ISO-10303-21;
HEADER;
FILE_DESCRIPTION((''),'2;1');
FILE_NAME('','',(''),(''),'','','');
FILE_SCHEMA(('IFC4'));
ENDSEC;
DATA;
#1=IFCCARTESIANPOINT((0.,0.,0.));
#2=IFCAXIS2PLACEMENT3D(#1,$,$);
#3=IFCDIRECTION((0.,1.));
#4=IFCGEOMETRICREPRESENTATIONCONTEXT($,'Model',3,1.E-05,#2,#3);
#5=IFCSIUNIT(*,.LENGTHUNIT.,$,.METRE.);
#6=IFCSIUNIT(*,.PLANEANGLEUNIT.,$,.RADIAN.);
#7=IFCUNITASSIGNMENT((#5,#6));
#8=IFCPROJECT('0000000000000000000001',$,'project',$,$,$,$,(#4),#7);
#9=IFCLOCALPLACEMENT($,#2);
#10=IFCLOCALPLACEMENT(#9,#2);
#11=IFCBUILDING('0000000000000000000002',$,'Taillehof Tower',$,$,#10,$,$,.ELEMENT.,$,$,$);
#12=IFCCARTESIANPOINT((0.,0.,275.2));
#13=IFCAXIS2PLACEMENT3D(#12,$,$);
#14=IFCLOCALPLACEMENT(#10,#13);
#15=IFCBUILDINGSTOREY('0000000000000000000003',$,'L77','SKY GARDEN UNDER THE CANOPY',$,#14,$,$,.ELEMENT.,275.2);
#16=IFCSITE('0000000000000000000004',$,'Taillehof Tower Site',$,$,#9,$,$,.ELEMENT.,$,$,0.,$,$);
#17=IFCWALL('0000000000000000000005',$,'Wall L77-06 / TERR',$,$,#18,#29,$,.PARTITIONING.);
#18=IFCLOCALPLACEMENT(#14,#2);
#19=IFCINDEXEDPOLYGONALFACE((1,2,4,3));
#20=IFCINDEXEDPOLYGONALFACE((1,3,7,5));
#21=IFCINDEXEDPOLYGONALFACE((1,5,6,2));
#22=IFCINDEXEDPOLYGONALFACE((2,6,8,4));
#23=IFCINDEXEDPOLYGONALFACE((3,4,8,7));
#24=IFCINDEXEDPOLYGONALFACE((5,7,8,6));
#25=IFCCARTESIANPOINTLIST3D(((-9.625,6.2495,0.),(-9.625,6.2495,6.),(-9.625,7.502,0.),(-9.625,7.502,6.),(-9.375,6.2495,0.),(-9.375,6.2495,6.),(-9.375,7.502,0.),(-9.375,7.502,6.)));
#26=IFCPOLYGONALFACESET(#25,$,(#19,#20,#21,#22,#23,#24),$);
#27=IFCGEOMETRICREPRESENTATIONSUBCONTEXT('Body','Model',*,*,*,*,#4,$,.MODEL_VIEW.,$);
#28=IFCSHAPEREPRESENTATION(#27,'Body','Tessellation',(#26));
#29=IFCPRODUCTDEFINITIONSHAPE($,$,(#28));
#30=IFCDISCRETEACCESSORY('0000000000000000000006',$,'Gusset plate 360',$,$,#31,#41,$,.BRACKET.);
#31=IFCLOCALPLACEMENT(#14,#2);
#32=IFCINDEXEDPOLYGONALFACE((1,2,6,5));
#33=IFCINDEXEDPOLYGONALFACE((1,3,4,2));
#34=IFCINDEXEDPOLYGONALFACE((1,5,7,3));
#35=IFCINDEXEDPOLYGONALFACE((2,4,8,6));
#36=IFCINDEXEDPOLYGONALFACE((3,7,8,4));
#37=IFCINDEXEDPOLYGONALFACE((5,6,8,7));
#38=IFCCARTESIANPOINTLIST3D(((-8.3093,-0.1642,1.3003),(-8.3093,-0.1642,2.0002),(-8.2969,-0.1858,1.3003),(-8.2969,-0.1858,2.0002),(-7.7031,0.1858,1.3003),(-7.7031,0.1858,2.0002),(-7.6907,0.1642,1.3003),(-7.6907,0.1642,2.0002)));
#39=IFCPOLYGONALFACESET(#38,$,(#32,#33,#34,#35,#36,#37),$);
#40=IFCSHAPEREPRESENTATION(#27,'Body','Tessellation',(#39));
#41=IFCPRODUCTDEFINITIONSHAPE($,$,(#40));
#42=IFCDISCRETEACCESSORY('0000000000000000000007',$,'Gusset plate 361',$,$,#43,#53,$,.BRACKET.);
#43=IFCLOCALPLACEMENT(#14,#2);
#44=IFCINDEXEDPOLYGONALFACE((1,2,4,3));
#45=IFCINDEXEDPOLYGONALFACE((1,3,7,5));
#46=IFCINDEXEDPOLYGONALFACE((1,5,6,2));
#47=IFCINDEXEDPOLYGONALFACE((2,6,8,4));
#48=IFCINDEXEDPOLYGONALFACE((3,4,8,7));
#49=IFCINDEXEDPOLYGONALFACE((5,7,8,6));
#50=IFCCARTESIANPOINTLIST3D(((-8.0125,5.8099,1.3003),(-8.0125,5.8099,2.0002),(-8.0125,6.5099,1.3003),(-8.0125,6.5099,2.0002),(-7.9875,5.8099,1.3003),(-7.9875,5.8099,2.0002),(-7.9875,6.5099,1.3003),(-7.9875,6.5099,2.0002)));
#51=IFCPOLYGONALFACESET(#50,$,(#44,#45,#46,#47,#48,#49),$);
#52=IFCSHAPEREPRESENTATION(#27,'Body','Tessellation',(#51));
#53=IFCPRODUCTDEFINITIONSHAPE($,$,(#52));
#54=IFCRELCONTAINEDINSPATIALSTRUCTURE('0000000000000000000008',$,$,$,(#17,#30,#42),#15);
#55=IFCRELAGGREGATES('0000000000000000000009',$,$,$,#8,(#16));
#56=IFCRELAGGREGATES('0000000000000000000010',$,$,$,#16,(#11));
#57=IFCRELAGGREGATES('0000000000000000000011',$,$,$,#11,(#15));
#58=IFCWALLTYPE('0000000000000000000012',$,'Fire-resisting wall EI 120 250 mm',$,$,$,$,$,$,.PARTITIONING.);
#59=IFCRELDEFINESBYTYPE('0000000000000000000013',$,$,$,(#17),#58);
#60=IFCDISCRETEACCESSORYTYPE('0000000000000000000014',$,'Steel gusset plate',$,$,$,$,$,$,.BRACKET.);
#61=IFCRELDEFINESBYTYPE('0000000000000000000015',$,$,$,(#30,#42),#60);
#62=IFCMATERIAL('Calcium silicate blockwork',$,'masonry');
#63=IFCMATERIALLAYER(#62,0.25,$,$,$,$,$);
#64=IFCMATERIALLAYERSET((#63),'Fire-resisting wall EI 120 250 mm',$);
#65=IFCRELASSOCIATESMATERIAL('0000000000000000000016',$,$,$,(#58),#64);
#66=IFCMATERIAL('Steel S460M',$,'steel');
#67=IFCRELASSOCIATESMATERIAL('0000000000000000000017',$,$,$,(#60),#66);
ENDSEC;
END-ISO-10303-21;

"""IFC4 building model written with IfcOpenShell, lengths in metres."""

from ifc_helpers import new_model, si_unit, direction, frame, frame_2d, origin, origin_2d, place, context, subcontext, project, spatial, rectangle, extrude, material, layer, layer_set, type_object, element, save


model = new_model("IFC4")

# Units and contexts
model_context = context("Model", 3, precision=1e-05, world=origin(), true_north=direction((0.0, 1.0)))
body_context = subcontext(model_context, "Body", "Model", "MODEL_VIEW")
ifc_project = project(units=[si_unit("LENGTHUNIT", "METRE"), si_unit("PLANEANGLEUNIT", "RADIAN")], contexts=[model_context])

# Site, building, storey
site_placement = place(None, origin())
site = spatial("IfcSite", under=ifc_project, at=site_placement, Name="Taillehof Tower Site", CompositionType="ELEMENT", RefElevation=0.0)
building_placement = place(site_placement, origin())
building = spatial("IfcBuilding", under=site, at=building_placement, Name="Taillehof Tower", CompositionType="ELEMENT")
storey_placement = place(building_placement, frame((0.0, 0.0, 275.2)))
storey = spatial("IfcBuildingStorey", under=building, at=storey_placement, Name="L77", Description="SKY GARDEN UNDER THE CANOPY", CompositionType="ELEMENT", Elevation=275.2)

# Wall
ifc_material_1 = material(Name="Calcium silicate blockwork", Category="masonry")
ifc_layer_1 = layer(ifc_material_1, 0.25)
ifc_layer_set_1 = layer_set([ifc_layer_1], Name="Fire-resisting wall EI 120 250 mm")
wall_type = type_object("IfcWallType", Name="Fire-resisting wall EI 120 250 mm", PredefinedType="PARTITIONING", material=ifc_layer_set_1)
wall_placement = place(storey_placement, frame((-9.5, 6.2495, 0.0), z_axis=(0.0, 0.0, 1.0), x_axis=(0.0, 1.0, 0.0)))
element("IfcWall", 1, at=wall_placement, inside=storey, type_object=wall_type, Name="Wall L77-06 / TERR", PredefinedType="PARTITIONING", context=body_context, shape_type="SweptSolid", body=[
    extrude(rectangle(XDim=1.2524, YDim=0.25, at=frame_2d((0.6262, 0.0))), origin(), (0.0, 0.0, 1.0), 6.0),
])

# Discrete accessories
ifc_material_2 = material(Name="Steel S460M", Category="steel")
discrete_accessory_type = type_object("IfcDiscreteAccessoryType", Name="Steel gusset plate", PredefinedType="BRACKET", material=ifc_material_2)
for number, where, z_axis, x_axis, name in (
    (2, (-8.0, 0.0, 1.3003), (0.0, 0.0, 1.0), (-0.866025, -0.5, 0.0), "Gusset plate 360"),
    (3, (-8.0, 6.1599, 1.3003), (0.0, 0.0, 1.0), (0.0, -1.0, 0.0), "Gusset plate 361"),
):
    element("IfcDiscreteAccessory", number, at=place(storey_placement, frame(where, z_axis=z_axis, x_axis=x_axis)), inside=storey, type_object=discrete_accessory_type, Name=name, PredefinedType="BRACKET", context=body_context, shape_type="SweptSolid", body=[
        extrude(rectangle(XDim=0.7, YDim=0.0249, at=origin_2d()), origin(), (0.0, 0.0, 1.0), 0.7),
    ])

save(model, "model.ifc")
